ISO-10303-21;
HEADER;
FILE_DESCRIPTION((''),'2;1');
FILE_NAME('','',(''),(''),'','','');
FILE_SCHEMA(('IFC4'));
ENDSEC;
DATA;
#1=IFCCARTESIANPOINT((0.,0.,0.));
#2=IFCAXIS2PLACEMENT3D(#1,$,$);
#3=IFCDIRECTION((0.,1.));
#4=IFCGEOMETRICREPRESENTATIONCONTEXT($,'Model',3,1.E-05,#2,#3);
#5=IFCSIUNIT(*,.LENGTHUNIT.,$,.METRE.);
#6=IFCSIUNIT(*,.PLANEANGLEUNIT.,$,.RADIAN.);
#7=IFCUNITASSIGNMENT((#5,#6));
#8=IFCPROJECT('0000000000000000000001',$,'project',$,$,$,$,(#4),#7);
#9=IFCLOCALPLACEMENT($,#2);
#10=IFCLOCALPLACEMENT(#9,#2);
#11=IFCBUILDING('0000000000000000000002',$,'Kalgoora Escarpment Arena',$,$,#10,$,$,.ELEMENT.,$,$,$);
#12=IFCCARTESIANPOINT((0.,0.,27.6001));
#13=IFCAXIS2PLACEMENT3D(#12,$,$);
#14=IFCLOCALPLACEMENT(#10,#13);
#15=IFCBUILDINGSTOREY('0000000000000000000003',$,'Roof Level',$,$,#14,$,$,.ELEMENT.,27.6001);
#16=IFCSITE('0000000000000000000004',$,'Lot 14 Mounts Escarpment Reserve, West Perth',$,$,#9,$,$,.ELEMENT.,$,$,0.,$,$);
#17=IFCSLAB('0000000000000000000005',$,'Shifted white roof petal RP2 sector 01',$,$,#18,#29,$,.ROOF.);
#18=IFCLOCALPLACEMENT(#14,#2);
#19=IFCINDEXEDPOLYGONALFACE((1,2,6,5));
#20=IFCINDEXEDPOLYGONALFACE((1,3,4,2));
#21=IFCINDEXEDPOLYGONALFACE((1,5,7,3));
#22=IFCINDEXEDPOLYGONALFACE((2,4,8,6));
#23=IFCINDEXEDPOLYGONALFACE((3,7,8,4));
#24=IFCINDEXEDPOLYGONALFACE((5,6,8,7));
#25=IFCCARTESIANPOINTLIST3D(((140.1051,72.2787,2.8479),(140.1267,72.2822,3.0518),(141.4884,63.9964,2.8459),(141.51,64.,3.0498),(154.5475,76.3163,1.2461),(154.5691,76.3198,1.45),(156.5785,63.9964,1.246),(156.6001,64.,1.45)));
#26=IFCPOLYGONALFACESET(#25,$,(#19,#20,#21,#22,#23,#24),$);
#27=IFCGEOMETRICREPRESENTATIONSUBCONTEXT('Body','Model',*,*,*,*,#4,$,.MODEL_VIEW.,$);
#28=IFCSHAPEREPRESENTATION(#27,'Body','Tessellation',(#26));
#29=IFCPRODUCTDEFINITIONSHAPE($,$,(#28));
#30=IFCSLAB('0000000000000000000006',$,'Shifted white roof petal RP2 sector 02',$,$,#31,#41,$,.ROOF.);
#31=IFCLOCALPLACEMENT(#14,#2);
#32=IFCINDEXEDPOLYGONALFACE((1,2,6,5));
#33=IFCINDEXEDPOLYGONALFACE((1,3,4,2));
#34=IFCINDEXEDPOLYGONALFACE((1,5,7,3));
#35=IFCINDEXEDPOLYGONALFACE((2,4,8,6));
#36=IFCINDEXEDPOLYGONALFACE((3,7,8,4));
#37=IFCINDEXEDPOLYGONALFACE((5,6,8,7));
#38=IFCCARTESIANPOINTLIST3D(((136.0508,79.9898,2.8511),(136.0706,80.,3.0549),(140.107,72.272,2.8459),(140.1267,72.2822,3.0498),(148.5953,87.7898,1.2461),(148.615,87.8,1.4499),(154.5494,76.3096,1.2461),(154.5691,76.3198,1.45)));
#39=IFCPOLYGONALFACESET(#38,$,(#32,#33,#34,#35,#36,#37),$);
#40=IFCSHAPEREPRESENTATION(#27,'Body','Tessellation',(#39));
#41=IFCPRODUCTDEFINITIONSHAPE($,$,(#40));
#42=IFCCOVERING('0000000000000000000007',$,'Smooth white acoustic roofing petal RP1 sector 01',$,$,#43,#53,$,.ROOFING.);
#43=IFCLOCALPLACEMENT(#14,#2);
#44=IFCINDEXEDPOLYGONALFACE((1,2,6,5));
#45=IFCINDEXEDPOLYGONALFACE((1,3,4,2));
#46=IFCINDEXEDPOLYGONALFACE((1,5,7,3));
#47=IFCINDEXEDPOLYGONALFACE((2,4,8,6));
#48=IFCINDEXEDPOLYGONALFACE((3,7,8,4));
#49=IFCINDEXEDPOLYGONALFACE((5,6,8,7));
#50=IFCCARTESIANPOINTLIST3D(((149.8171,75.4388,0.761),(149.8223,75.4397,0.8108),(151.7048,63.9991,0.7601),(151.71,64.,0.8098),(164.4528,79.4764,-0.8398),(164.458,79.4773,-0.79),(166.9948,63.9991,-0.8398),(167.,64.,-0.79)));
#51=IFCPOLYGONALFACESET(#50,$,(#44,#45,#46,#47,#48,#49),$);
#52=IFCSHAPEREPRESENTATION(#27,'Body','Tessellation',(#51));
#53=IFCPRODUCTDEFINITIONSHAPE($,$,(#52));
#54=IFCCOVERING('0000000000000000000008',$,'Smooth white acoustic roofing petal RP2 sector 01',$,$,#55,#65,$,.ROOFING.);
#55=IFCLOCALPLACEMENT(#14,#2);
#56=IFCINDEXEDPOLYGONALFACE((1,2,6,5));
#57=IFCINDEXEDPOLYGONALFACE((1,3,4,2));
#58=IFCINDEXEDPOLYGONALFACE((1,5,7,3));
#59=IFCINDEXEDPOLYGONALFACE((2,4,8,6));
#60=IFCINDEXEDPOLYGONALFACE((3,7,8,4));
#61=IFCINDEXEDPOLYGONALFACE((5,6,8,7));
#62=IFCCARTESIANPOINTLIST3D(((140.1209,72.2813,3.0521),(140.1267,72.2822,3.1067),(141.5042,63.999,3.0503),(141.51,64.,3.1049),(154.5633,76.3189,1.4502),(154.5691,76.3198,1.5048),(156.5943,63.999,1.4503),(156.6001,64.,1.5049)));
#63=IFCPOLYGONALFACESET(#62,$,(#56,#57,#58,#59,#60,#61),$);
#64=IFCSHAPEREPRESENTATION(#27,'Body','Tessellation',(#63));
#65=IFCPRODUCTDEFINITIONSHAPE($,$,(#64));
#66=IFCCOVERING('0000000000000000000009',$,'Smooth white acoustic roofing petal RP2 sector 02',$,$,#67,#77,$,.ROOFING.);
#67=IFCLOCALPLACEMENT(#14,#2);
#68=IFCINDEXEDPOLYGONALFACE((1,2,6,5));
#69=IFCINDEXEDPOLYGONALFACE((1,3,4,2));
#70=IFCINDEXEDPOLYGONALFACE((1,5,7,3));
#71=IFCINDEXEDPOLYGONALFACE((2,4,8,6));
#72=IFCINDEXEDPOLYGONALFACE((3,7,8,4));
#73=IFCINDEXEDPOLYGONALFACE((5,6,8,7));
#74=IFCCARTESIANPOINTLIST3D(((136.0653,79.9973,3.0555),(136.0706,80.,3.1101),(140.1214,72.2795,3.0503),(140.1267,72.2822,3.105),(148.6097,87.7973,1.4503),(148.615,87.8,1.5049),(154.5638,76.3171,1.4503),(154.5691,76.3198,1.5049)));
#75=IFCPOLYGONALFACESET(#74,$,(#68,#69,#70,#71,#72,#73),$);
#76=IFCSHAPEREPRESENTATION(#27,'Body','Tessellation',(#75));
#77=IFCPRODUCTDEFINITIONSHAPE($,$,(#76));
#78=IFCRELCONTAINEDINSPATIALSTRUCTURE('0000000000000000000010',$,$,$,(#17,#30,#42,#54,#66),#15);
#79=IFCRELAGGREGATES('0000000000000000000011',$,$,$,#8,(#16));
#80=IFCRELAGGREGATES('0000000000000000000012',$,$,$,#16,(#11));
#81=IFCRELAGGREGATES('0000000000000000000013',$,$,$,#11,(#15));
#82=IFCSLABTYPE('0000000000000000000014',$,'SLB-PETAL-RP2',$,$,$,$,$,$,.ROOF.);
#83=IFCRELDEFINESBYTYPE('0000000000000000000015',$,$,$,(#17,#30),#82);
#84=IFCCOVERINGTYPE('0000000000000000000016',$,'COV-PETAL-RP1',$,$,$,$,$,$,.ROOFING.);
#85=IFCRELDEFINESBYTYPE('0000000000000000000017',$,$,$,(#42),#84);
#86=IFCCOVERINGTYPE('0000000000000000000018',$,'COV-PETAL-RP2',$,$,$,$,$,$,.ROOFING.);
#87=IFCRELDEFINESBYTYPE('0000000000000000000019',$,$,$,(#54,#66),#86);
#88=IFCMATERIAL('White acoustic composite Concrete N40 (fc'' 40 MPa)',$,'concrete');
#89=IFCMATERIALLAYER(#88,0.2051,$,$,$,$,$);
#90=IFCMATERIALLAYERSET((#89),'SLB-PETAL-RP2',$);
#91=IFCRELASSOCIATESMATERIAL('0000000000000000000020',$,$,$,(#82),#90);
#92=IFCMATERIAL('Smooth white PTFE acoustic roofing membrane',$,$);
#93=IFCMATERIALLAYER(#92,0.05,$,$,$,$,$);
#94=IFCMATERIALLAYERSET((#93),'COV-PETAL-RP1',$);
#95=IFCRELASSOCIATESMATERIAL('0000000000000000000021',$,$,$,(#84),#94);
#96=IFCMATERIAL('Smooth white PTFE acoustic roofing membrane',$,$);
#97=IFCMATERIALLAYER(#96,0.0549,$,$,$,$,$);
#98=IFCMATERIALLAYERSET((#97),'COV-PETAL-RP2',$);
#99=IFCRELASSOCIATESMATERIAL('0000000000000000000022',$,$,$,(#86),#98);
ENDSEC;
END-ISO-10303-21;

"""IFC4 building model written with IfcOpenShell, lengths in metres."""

from ifc_helpers import new_model, si_unit, direction, frame, origin, place, context, subcontext, project, spatial, polyline, outline, extrude, material, layer, layer_set, type_object, element, save


model = new_model("IFC4")

# Units and contexts
model_context = context("Model", 3, precision=1e-05, world=origin(), true_north=direction((0.0, 1.0)))
body_context = subcontext(model_context, "Body", "Model", "MODEL_VIEW")
ifc_project = project(units=[si_unit("LENGTHUNIT", "METRE"), si_unit("PLANEANGLEUNIT", "RADIAN")], contexts=[model_context])

# Site, building, storey
site_placement = place(None, origin())
site = spatial("IfcSite", under=ifc_project, at=site_placement, Name="Lot 14 Mounts Escarpment Reserve, West Perth", CompositionType="ELEMENT", RefElevation=0.0)
building_placement = place(site_placement, origin())
building = spatial("IfcBuilding", under=site, at=building_placement, Name="Kalgoora Escarpment Arena", CompositionType="ELEMENT")
storey_placement = place(building_placement, frame((0.0, 0.0, 27.6001)))
storey = spatial("IfcBuildingStorey", under=building, at=storey_placement, Name="Roof Level", CompositionType="ELEMENT", Elevation=27.6001)

# Slabs
ifc_material_1 = material(Name="White acoustic composite Concrete N40 (fc' 40 MPa)", Category="concrete")
ifc_layer_1 = layer(ifc_material_1, 0.2051)
ifc_layer_set_1 = layer_set([ifc_layer_1], Name="SLB-PETAL-RP2")
slab_type_1 = type_object("IfcSlabType", Name="SLB-PETAL-RP2", PredefinedType="ROOF", material=ifc_layer_set_1)
slab_1_placement = place(storey_placement, frame((156.6001, 64.0, 1.45), z_axis=(0.105415, 0.017376, 0.994276), x_axis=(-0.162661, 0.986682, 0.000003)))
element("IfcSlab", 1, at=slab_1_placement, inside=storey, type_object=slab_type_1, Name="Shifted white roof petal RP2 sector 01", PredefinedType="ROOF", context=body_context, shape_type="SweptSolid", body=[
    extrude(outline(polyline([(0.0, 0.0), (12.4861, 0.0), (10.8515, 14.9926), (2.4546, 14.9748), (0.0, 0.0)])), origin(), (0.0, 0.0, -1.0), 0.2051),
])
slab_2_placement = place(storey_placement, frame((154.5691, 76.3198, 1.45), z_axis=(0.096176, 0.049883, 0.994114), x_axis=(-0.460402, 0.88771, -0.000002)))
element("IfcSlab", 2, at=slab_2_placement, inside=storey, type_object=slab_type_1, Name="Shifted white roof petal RP2 sector 02", PredefinedType="ROOF", context=body_context, shape_type="SweptSolid", body=[
    extrude(outline(polyline([(0.0, 0.0), (12.9324, 0.0), (11.7837, 14.8142), (3.0651, 14.7665), (0.0, 0.0)])), origin(), (0.0, 0.0, -1.0), 0.2051),
])

# Coverings
ifc_material_2 = material(Name="Smooth white PTFE acoustic roofing membrane")
ifc_layer_2 = layer(ifc_material_2, 0.05)
ifc_layer_set_2 = layer_set([ifc_layer_2], Name="COV-PETAL-RP1")
covering_type_1 = type_object("IfcCoveringType", Name="COV-PETAL-RP1", PredefinedType="ROOFING", material=ifc_layer_set_2)
covering_1_placement = place(storey_placement, frame((167.0, 64.0, -0.79), z_axis=(0.104052, 0.017088, 0.994425), x_axis=(-0.162069, 0.98678, 0.000002)))
element("IfcCovering", 3, at=covering_1_placement, inside=storey, type_object=covering_type_1, Name="Smooth white acoustic roofing petal RP1 sector 01", PredefinedType="ROOFING", context=body_context, shape_type="SweptSolid", body=[
    extrude(outline(polyline([(0.0, 0.0), (15.6847, 0.0), (14.0724, 15.1813), (2.478, 15.1725), (0.0, 0.0)])), origin(), (0.0, 0.0, -1.0), 0.05),
])
ifc_material_3 = material(Name="Smooth white PTFE acoustic roofing membrane")
ifc_layer_3 = layer(ifc_material_3, 0.0549)
ifc_layer_set_3 = layer_set([ifc_layer_3], Name="COV-PETAL-RP2")
covering_type_2 = type_object("IfcCoveringType", Name="COV-PETAL-RP2", PredefinedType="ROOFING", material=ifc_layer_set_3)
covering_2_placement = place(storey_placement, frame((156.6001, 64.0, 1.5049), z_axis=(0.105422, 0.017389, 0.994276), x_axis=(-0.162662, 0.986682, -0.000009)))
element("IfcCovering", 4, at=covering_2_placement, inside=storey, type_object=covering_type_2, Name="Smooth white acoustic roofing petal RP2 sector 01", PredefinedType="ROOFING", context=body_context, shape_type="SweptSolid", body=[
    extrude(outline(polyline([(0.0, 0.0), (12.4861, 0.0), (10.8515, 14.9926), (2.4546, 14.9749), (0.0, 0.0)])), origin(), (0.0, 0.0, -1.0), 0.0549),
])
covering_3_placement = place(storey_placement, frame((154.5691, 76.3198, 1.5049), z_axis=(0.09619, 0.04989, 0.994112), x_axis=(-0.460402, 0.88771, -0.000002)))
element("IfcCovering", 5, at=covering_3_placement, inside=storey, type_object=covering_type_2, Name="Smooth white acoustic roofing petal RP2 sector 02", PredefinedType="ROOFING", context=body_context, shape_type="SweptSolid", body=[
    extrude(outline(polyline([(0.0, 0.0), (12.9324, 0.0), (11.7837, 14.8142), (3.0651, 14.7665), (0.0, 0.0)])), origin(), (0.0, 0.0, -1.0), 0.0549),
])

save(model, "model.ifc")
